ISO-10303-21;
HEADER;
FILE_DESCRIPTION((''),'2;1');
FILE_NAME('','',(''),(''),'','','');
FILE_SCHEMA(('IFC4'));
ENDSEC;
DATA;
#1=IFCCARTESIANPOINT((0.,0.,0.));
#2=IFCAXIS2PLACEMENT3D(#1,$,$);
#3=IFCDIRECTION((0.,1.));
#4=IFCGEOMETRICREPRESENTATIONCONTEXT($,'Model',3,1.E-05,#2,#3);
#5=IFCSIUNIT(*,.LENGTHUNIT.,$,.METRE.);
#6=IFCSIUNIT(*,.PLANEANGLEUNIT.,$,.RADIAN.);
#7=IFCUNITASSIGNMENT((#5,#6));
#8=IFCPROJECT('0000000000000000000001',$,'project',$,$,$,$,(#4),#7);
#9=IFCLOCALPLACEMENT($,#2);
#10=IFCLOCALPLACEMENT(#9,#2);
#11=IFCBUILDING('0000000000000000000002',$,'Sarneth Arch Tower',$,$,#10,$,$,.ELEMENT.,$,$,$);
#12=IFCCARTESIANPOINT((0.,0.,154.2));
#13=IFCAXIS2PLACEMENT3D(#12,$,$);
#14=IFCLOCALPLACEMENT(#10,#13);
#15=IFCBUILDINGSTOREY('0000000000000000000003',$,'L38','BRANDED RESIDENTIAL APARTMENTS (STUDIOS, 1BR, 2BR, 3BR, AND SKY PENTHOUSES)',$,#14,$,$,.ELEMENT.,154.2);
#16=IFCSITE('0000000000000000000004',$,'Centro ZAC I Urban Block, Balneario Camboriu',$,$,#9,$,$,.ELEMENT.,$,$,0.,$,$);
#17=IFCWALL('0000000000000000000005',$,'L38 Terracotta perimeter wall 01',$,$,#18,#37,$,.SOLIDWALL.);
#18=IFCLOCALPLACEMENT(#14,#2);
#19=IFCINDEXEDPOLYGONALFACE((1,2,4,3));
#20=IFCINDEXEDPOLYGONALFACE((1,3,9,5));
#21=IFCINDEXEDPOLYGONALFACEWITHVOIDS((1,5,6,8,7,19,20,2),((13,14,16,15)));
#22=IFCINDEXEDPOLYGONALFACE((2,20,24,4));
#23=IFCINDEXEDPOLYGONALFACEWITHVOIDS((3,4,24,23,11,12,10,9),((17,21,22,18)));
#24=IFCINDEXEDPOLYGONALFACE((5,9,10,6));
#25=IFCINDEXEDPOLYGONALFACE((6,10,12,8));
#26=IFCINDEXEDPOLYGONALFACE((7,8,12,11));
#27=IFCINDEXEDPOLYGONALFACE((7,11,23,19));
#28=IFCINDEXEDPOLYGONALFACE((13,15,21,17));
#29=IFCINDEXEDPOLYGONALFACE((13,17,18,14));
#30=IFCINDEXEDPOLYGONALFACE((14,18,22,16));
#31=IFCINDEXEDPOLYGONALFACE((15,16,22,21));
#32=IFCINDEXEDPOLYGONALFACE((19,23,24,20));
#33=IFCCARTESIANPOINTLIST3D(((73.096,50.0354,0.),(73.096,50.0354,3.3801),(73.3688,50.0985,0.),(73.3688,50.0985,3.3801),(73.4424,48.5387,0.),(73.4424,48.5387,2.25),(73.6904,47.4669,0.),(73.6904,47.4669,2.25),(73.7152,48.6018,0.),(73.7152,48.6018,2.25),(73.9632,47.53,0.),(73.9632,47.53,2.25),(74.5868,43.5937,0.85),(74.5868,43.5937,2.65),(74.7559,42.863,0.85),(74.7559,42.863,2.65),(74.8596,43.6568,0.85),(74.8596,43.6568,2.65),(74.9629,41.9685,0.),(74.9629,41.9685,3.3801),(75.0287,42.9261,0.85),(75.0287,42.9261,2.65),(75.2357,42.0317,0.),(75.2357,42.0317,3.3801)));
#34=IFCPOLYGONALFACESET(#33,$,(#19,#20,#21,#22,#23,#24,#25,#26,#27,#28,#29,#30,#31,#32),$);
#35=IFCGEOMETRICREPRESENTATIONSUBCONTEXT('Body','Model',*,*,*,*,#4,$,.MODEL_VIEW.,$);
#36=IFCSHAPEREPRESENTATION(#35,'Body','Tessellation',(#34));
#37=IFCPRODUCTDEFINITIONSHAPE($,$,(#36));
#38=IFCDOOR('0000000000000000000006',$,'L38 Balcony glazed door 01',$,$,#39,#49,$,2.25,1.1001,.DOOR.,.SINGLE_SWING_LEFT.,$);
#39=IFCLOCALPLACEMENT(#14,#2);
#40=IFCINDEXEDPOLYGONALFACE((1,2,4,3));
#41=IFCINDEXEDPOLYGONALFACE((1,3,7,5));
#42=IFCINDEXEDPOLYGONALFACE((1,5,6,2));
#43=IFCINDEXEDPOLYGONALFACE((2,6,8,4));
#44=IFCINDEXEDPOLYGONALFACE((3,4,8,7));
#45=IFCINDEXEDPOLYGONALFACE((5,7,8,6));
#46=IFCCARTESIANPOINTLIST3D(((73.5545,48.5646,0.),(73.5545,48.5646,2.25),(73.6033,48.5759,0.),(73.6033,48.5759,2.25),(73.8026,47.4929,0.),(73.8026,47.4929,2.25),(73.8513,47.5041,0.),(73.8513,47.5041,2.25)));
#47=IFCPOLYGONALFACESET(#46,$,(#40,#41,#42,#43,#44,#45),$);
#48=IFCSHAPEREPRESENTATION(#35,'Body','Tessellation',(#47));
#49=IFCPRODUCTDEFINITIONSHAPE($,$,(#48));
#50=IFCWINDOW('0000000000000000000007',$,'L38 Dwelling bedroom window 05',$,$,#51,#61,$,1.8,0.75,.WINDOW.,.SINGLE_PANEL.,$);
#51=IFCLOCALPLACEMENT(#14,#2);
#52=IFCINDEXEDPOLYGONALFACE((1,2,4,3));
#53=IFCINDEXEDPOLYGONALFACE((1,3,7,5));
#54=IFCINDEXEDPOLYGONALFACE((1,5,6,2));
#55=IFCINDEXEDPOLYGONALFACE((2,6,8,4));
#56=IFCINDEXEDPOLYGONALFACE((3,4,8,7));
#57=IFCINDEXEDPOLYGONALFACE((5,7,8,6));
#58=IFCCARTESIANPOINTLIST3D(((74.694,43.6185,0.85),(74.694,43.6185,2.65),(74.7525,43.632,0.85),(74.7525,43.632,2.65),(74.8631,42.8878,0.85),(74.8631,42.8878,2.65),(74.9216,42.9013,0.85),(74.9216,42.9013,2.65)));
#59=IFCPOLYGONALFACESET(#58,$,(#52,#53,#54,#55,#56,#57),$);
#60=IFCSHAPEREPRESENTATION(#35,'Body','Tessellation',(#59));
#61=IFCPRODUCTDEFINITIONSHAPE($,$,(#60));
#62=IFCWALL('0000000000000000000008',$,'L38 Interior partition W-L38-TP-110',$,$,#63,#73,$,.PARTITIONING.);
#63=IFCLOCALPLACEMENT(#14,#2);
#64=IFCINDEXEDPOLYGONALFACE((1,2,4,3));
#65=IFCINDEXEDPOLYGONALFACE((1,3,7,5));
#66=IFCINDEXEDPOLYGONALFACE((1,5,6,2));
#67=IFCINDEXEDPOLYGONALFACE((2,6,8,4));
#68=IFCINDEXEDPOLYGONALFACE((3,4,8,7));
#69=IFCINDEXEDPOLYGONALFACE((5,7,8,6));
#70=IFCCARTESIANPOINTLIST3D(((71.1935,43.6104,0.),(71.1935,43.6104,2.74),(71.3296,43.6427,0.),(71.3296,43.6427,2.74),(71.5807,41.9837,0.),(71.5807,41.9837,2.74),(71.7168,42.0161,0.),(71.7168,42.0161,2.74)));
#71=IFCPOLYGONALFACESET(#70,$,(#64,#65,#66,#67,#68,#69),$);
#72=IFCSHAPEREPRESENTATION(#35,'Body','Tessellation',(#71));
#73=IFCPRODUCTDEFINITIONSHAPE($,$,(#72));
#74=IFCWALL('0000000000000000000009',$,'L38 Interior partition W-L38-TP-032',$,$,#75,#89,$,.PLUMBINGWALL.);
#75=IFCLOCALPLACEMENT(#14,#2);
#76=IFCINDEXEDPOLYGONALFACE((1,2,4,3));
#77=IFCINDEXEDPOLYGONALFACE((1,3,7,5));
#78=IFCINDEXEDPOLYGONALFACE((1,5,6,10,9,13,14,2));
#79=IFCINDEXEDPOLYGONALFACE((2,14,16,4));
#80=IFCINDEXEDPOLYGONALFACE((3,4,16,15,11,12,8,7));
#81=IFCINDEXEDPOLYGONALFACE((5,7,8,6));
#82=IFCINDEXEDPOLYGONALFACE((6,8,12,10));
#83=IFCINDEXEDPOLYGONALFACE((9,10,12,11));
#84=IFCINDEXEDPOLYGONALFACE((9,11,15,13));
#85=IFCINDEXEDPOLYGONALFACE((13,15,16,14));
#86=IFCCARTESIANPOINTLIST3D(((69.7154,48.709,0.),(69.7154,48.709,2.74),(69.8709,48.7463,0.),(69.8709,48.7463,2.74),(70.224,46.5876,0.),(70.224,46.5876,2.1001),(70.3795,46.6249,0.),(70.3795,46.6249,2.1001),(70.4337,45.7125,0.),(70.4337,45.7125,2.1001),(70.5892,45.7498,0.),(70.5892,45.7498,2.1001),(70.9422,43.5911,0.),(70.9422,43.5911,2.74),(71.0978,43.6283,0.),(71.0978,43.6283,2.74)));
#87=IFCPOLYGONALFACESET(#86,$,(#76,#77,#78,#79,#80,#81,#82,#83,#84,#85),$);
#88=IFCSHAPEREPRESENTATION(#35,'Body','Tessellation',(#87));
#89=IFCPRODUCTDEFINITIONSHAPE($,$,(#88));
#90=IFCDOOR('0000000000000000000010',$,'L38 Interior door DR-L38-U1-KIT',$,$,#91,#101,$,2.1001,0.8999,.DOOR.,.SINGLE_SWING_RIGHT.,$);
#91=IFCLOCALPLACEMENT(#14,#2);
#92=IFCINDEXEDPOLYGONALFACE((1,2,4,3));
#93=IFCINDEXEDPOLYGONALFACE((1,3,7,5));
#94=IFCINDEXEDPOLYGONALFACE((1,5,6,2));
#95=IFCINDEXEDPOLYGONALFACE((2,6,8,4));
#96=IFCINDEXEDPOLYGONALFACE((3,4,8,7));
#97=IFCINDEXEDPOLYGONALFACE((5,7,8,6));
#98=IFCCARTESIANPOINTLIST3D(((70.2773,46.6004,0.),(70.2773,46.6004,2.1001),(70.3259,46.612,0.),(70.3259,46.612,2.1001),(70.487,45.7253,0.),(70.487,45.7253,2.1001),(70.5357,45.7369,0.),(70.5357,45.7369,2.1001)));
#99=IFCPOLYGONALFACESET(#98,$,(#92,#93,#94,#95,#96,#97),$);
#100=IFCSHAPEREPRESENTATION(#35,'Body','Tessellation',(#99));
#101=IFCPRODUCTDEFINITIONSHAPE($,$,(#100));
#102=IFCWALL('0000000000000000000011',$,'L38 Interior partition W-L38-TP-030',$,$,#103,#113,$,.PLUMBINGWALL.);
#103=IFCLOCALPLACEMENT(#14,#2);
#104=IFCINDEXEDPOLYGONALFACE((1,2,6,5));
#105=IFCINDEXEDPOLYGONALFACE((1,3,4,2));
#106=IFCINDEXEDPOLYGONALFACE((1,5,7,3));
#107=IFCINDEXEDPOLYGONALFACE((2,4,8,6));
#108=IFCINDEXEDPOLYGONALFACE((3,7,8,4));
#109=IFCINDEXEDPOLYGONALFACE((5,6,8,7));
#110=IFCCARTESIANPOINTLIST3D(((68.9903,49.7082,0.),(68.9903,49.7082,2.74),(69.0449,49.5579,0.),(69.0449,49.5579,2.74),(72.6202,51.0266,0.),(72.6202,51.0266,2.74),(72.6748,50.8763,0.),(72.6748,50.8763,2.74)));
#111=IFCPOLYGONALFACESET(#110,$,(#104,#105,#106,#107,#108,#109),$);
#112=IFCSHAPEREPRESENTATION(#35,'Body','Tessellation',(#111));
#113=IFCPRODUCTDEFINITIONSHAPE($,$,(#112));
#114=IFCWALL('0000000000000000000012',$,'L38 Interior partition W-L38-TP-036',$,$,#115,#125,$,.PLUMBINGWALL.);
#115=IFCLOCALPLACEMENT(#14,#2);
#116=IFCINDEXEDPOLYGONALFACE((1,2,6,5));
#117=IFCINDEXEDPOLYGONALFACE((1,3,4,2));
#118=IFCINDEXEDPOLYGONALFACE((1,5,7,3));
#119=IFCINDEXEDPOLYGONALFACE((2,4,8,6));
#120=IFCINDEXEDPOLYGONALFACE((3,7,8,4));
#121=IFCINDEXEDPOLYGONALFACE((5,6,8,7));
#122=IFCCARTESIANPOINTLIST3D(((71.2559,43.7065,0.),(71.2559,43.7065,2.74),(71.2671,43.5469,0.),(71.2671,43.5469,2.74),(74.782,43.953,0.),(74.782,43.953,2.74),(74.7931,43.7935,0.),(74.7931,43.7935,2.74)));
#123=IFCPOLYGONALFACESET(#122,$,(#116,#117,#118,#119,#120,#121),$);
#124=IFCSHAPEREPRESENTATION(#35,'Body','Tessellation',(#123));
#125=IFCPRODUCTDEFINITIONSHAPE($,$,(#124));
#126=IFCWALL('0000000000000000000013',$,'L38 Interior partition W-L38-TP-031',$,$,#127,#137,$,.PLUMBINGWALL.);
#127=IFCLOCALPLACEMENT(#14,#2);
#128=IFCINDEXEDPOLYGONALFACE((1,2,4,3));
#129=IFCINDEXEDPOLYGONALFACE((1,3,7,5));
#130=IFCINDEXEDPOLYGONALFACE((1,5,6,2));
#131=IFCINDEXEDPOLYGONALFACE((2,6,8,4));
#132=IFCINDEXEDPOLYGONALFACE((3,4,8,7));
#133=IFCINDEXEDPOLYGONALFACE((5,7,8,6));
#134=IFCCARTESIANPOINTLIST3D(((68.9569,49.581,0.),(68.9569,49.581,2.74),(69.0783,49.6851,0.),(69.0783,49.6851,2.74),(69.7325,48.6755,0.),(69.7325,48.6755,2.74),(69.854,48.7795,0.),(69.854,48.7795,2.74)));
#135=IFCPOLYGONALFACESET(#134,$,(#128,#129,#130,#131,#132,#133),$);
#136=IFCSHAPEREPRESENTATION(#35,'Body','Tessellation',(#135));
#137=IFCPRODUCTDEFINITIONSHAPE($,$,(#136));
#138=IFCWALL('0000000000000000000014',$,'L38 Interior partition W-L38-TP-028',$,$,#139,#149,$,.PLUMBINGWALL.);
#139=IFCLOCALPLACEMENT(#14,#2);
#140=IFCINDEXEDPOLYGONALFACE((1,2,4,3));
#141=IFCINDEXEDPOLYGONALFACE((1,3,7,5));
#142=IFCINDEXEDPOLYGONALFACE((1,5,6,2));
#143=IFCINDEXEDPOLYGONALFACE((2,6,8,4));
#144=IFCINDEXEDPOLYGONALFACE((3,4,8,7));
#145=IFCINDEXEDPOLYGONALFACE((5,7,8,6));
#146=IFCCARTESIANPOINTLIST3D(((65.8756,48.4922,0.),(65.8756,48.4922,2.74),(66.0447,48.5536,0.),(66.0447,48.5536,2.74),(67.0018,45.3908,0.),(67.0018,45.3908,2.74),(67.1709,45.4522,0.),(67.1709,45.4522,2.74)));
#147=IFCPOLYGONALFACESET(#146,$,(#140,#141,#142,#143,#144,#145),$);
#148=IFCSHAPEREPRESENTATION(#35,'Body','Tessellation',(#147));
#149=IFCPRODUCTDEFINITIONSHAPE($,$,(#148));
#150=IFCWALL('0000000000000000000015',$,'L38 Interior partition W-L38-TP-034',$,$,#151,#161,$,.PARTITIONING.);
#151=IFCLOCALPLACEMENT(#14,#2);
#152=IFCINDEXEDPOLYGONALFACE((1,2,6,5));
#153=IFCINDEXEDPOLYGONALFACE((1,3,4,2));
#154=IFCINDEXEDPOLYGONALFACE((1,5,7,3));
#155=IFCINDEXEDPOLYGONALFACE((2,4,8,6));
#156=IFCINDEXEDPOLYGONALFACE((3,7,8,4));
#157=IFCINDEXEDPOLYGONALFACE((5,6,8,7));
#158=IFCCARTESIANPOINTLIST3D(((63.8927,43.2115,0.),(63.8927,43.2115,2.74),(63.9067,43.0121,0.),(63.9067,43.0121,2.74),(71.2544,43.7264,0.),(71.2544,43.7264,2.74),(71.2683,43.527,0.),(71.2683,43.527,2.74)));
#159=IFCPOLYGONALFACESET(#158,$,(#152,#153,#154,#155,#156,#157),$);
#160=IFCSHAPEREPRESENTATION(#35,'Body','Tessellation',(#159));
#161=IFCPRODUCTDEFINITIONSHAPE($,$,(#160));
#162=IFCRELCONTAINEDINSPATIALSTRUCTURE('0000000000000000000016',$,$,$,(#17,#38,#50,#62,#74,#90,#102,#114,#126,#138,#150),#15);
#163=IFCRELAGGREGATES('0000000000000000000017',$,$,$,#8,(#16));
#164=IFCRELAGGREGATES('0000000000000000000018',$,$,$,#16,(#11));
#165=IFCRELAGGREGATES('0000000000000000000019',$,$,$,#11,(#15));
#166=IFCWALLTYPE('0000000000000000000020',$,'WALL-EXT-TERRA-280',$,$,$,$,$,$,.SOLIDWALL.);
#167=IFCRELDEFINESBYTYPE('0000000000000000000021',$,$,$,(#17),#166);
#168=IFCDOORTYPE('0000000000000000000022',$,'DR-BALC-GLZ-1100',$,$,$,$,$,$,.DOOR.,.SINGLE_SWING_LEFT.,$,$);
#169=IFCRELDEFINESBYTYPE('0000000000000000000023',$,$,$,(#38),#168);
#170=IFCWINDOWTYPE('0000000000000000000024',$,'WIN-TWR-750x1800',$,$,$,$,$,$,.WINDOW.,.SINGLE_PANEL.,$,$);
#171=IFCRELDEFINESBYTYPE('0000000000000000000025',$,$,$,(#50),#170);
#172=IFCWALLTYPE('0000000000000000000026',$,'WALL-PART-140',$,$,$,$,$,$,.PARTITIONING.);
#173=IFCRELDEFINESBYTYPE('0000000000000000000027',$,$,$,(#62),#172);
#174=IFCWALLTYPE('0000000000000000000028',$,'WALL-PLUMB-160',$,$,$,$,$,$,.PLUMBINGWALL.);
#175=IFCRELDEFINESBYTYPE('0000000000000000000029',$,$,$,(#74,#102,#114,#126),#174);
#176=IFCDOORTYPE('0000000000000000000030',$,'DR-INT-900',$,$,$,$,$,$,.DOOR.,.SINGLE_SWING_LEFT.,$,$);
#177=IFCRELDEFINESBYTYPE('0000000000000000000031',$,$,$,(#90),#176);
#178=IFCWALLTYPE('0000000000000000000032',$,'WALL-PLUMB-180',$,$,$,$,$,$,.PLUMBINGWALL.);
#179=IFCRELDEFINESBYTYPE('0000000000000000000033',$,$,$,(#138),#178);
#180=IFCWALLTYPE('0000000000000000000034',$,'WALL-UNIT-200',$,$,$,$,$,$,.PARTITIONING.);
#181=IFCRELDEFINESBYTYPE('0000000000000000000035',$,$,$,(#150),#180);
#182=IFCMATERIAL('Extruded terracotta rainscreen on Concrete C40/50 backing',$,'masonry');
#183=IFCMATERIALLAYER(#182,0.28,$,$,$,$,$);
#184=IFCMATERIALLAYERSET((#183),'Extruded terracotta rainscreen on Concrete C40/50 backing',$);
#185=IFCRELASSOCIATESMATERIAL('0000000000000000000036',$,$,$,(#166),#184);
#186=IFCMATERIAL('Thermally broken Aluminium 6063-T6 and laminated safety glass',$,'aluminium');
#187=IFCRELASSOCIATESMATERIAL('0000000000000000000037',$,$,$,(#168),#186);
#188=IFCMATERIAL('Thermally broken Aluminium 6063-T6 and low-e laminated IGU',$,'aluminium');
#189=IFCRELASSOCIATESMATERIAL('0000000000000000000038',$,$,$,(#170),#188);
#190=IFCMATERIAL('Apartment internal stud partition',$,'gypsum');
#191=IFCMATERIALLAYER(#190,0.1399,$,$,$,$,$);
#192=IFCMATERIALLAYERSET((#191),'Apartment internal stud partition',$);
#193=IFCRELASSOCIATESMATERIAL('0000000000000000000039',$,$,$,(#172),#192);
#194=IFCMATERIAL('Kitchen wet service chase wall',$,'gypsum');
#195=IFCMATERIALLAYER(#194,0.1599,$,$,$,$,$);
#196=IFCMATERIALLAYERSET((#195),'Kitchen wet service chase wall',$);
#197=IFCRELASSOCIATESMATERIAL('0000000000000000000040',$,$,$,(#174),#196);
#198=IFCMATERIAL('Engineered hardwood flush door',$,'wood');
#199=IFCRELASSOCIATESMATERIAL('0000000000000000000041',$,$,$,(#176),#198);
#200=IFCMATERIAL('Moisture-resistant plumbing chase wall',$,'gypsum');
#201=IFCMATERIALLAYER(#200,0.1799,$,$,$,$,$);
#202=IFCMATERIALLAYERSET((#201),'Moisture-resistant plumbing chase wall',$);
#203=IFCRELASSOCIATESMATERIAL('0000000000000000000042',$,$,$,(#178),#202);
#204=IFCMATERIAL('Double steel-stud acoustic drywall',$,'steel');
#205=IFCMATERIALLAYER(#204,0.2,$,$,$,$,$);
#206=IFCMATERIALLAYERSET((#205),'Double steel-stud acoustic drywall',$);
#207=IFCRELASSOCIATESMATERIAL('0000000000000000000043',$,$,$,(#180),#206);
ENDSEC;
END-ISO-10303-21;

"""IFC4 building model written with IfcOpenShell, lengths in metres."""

from ifc_helpers import new_model, si_unit, direction, frame, frame_2d, origin, place, context, subcontext, project, spatial, rectangle, extrude, material, layer, layer_set, type_object, element, fill, save


model = new_model("IFC4")

# Units and contexts
model_context = context("Model", 3, precision=1e-05, world=origin(), true_north=direction((0.0, 1.0)))
body_context = subcontext(model_context, "Body", "Model", "MODEL_VIEW")
ifc_project = project(units=[si_unit("LENGTHUNIT", "METRE"), si_unit("PLANEANGLEUNIT", "RADIAN")], contexts=[model_context])

# Site, building, storey
site_placement = place(None, origin())
site = spatial("IfcSite", under=ifc_project, at=site_placement, Name="Centro ZAC I Urban Block, Balneario Camboriu", CompositionType="ELEMENT", RefElevation=0.0)
building_placement = place(site_placement, origin())
building = spatial("IfcBuilding", under=site, at=building_placement, Name="Sarneth Arch Tower", CompositionType="ELEMENT")
storey_placement = place(building_placement, frame((0.0, 0.0, 154.2)))
storey = spatial("IfcBuildingStorey", under=building, at=storey_placement, Name="L38", Description="BRANDED RESIDENTIAL APARTMENTS (STUDIOS, 1BR, 2BR, 3BR, AND SKY PENTHOUSES)", CompositionType="ELEMENT", Elevation=154.2)

# Wall, openings, door, window
ifc_material_1 = material(Name="Extruded terracotta rainscreen on Concrete C40/50 backing", Category="masonry")
ifc_layer_1 = layer(ifc_material_1, 0.28)
ifc_layer_set_1 = layer_set([ifc_layer_1], Name="Extruded terracotta rainscreen on Concrete C40/50 backing")
wall_type_1 = type_object("IfcWallType", Name="WALL-EXT-TERRA-280", PredefinedType="SOLIDWALL", material=ifc_layer_set_1)
wall_1_placement = place(storey_placement, frame((75.0994, 42.0, 0.0), z_axis=(0.0, 0.0, 1.0), x_axis=(-0.225473, 0.974249, 0.0)))
wall_1 = element("IfcWall", 1, at=wall_1_placement, inside=storey, type_object=wall_type_1, Name="L38 Terracotta perimeter wall 01", PredefinedType="SOLIDWALL", context=body_context, shape_type="SweptSolid", body=[
    extrude(rectangle(XDim=8.28, YDim=0.28, at=frame_2d((4.1401, 0.0))), origin(), (0.0, 0.0, 1.0), 3.3801),
])
opening_1_placement = place(wall_1_placement, frame((5.6438, 0.0, 0.0)))
opening_1 = element("IfcOpeningElement", 2, at=opening_1_placement, cuts=wall_1, PredefinedType="OPENING", context=body_context, shape_type="SweptSolid", body=[
    extrude(rectangle(XDim=1.1001, YDim=2.25, at=frame_2d((0.55, 1.125))), frame((0.0, 0.1499, 0.0), z_axis=(0.0, -1.0, 0.0), x_axis=(1.0, 0.0, 0.0)), (0.0, 0.0, 1.0), 0.3),
])
opening_2_placement = place(wall_1_placement, frame((0.9182, 0.0, 0.8501)))
opening_2 = element("IfcOpeningElement", 3, at=opening_2_placement, cuts=wall_1, PredefinedType="OPENING", context=body_context, shape_type="SweptSolid", body=[
    extrude(rectangle(XDim=0.75, YDim=1.8, at=frame_2d((0.375, 0.8999))), frame((0.0, 0.1499, 0.0), z_axis=(0.0, -1.0, 0.0), x_axis=(1.0, 0.0, 0.0)), (0.0, 0.0, 1.0), 0.3),
])
ifc_material_2 = material(Name="Thermally broken Aluminium 6063-T6 and laminated safety glass", Category="aluminium")
door_type_1 = type_object("IfcDoorType", Name="DR-BALC-GLZ-1100", OperationType="SINGLE_SWING_LEFT", PredefinedType="DOOR", material=ifc_material_2)
door_1_placement = place(opening_1_placement, origin())
door_1 = element("IfcDoor", 4, at=door_1_placement, inside=storey, type_object=door_type_1, Name="L38 Balcony glazed door 01", OperationType="SINGLE_SWING_LEFT", OverallHeight=2.25, OverallWidth=1.1001, PredefinedType="DOOR", context=body_context, shape_type="SweptSolid", body=[
    extrude(rectangle(XDim=1.1001, YDim=2.25, at=frame_2d((0.55, 1.125))), frame((0.0, 0.0249, 0.0), z_axis=(0.0, -1.0, 0.0), x_axis=(1.0, 0.0, 0.0)), (0.0, 0.0, 1.0), 0.05),
])
fill(opening_1, door_1)
ifc_material_3 = material(Name="Thermally broken Aluminium 6063-T6 and low-e laminated IGU", Category="aluminium")
window_type = type_object("IfcWindowType", Name="WIN-TWR-750x1800", PartitioningType="SINGLE_PANEL", PredefinedType="WINDOW", material=ifc_material_3)
window_placement = place(opening_2_placement, origin())
window = element("IfcWindow", 5, at=window_placement, inside=storey, type_object=window_type, Name="L38 Dwelling bedroom window 05", OverallHeight=1.8, OverallWidth=0.75, PartitioningType="SINGLE_PANEL", PredefinedType="WINDOW", context=body_context, shape_type="SweptSolid", body=[
    extrude(rectangle(XDim=0.75, YDim=1.8, at=frame_2d((0.375, 0.8999))), frame((0.0, 0.03, 0.0), z_axis=(0.0, -1.0, 0.0), x_axis=(1.0, 0.0, 0.0)), (0.0, 0.0, 1.0), 0.0601),
])
fill(opening_2, window)

# Wall
ifc_material_4 = material(Name="Apartment internal stud partition", Category="gypsum")
ifc_layer_2 = layer(ifc_material_4, 0.1399)
ifc_layer_set_2 = layer_set([ifc_layer_2], Name="Apartment internal stud partition")
wall_type_2 = type_object("IfcWallType", Name="WALL-PART-140", PredefinedType="PARTITIONING", material=ifc_layer_set_2)
wall_2_placement = place(storey_placement, frame((71.6487, 42.0, 0.0), z_axis=(0.0, 0.0, 1.0), x_axis=(-0.231561, 0.97282, 0.0)))
element("IfcWall", 6, at=wall_2_placement, inside=storey, type_object=wall_type_2, Name="L38 Interior partition W-L38-TP-110", PredefinedType="PARTITIONING", context=body_context, shape_type="SweptSolid", body=[
    extrude(rectangle(XDim=1.6721, YDim=0.1399, at=frame_2d((0.8359, 0.0))), origin(), (0.0, 0.0, 1.0), 2.74),
])

# Wall, opening, door
ifc_material_5 = material(Name="Kitchen wet service chase wall", Category="gypsum")
ifc_layer_3 = layer(ifc_material_5, 0.1599)
ifc_layer_set_3 = layer_set([ifc_layer_3], Name="Kitchen wet service chase wall")
wall_type_3 = type_object("IfcWallType", Name="WALL-PLUMB-160", PredefinedType="PLUMBINGWALL", material=ifc_layer_set_3)
wall_3_placement = place(storey_placement, frame((69.7932, 48.7275, 0.0), z_axis=(0.0, 0.0, 1.0), x_axis=(0.233105, -0.972452, 0.0)))
wall_3 = element("IfcWall", 7, at=wall_3_placement, inside=storey, type_object=wall_type_3, Name="L38 Interior partition W-L38-TP-032", PredefinedType="PLUMBINGWALL", context=body_context, shape_type="SweptSolid", body=[
    extrude(rectangle(XDim=5.2629, YDim=0.1599, at=frame_2d((2.6313, 0.0))), origin(), (0.0, 0.0, 1.0), 2.74),
])
opening_3_placement = place(wall_3_placement, frame((2.1814, 0.0, 0.0)))
opening_3 = element("IfcOpeningElement", 8, at=opening_3_placement, cuts=wall_3, PredefinedType="OPENING", context=body_context, shape_type="SweptSolid", body=[
    extrude(rectangle(XDim=0.8999, YDim=2.1001, at=frame_2d((0.45, 1.05))), frame((0.0, 0.0898, 0.0), z_axis=(0.0, -1.0, 0.0), x_axis=(1.0, 0.0, 0.0)), (0.0, 0.0, 1.0), 0.1799),
])
ifc_material_6 = material(Name="Engineered hardwood flush door", Category="wood")
door_type_2 = type_object("IfcDoorType", Name="DR-INT-900", OperationType="SINGLE_SWING_LEFT", PredefinedType="DOOR", material=ifc_material_6)
door_2_placement = place(opening_3_placement, origin())
door_2 = element("IfcDoor", 9, at=door_2_placement, inside=storey, type_object=door_type_2, Name="L38 Interior door DR-L38-U1-KIT", OperationType="SINGLE_SWING_RIGHT", OverallHeight=2.1001, OverallWidth=0.8999, PredefinedType="DOOR", context=body_context, shape_type="SweptSolid", body=[
    extrude(rectangle(XDim=0.8999, YDim=2.1001, at=frame_2d((0.45, 1.05))), frame((0.0, 0.0249, 0.0), z_axis=(0.0, -1.0, 0.0), x_axis=(1.0, 0.0, 0.0)), (0.0, 0.0, 1.0), 0.05),
])
fill(opening_3, door_2)

# Walls
wall_4_placement = place(storey_placement, frame((72.6475, 50.9514, 0.0), z_axis=(0.0, 0.0, 1.0), x_axis=(-0.939926, -0.341378, 0.0)))
element("IfcWall", 10, at=wall_4_placement, inside=storey, type_object=wall_type_3, Name="L38 Interior partition W-L38-TP-030", PredefinedType="PLUMBINGWALL", context=body_context, shape_type="SweptSolid", body=[
    extrude(rectangle(XDim=3.8618, YDim=0.1599, at=frame_2d((1.9309, 0.0))), origin(), (0.0, 0.0, 1.0), 2.74),
])
wall_5_placement = place(storey_placement, frame((71.2615, 43.6267, 0.0), z_axis=(0.0, 0.0, 1.0), x_axis=(0.997564, 0.06976, 0.0)))
element("IfcWall", 11, at=wall_5_placement, inside=storey, type_object=wall_type_3, Name="L38 Interior partition W-L38-TP-036", PredefinedType="PLUMBINGWALL", context=body_context, shape_type="SweptSolid", body=[
    extrude(rectangle(XDim=3.5347, YDim=0.1599, at=frame_2d((1.7673, 0.0))), origin(), (0.0, 0.0, 1.0), 2.74),
])
wall_6_placement = place(storey_placement, frame((69.0176, 49.6331, 0.0), z_axis=(0.0, 0.0, 1.0), x_axis=(0.650538, -0.759473, 0.0)))
element("IfcWall", 12, at=wall_6_placement, inside=storey, type_object=wall_type_3, Name="L38 Interior partition W-L38-TP-031", PredefinedType="PLUMBINGWALL", context=body_context, shape_type="SweptSolid", body=[
    extrude(rectangle(XDim=1.1924, YDim=0.1599, at=frame_2d((0.5962, 0.0))), origin(), (0.0, 0.0, 1.0), 2.74),
])
ifc_material_7 = material(Name="Moisture-resistant plumbing chase wall", Category="gypsum")
ifc_layer_4 = layer(ifc_material_7, 0.1799)
ifc_layer_set_4 = layer_set([ifc_layer_4], Name="Moisture-resistant plumbing chase wall")
wall_type_4 = type_object("IfcWallType", Name="WALL-PLUMB-180", PredefinedType="PLUMBINGWALL", material=ifc_layer_set_4)
wall_7_placement = place(storey_placement, frame((67.0864, 45.4214, 0.0), z_axis=(0.0, 0.0, 1.0), x_axis=(-0.341333, 0.939942, 0.0)))
element("IfcWall", 13, at=wall_7_placement, inside=storey, type_object=wall_type_4, Name="L38 Interior partition W-L38-TP-028", PredefinedType="PLUMBINGWALL", context=body_context, shape_type="SweptSolid", body=[
    extrude(rectangle(XDim=3.2996, YDim=0.1799, at=frame_2d((1.6499, 0.0))), origin(), (0.0, 0.0, 1.0), 2.74),
])
ifc_material_8 = material(Name="Double steel-stud acoustic drywall", Category="steel")
ifc_layer_5 = layer(ifc_material_8, 0.2)
ifc_layer_set_5 = layer_set([ifc_layer_5], Name="Double steel-stud acoustic drywall")
wall_type_5 = type_object("IfcWallType", Name="WALL-UNIT-200", PredefinedType="PARTITIONING", material=ifc_layer_set_5)
wall_8_placement = place(storey_placement, frame((71.2615, 43.6267, 0.0), z_axis=(0.0, 0.0, 1.0), x_axis=(-0.997563, -0.069773, 0.0)))
element("IfcWall", 14, at=wall_8_placement, inside=storey, type_object=wall_type_5, Name="L38 Interior partition W-L38-TP-034", PredefinedType="PARTITIONING", context=body_context, shape_type="SweptSolid", body=[
    extrude(rectangle(XDim=7.3796, YDim=0.2, at=frame_2d((3.6899, 0.0))), origin(), (0.0, 0.0, 1.0), 2.74),
])

save(model, "model.ifc")
